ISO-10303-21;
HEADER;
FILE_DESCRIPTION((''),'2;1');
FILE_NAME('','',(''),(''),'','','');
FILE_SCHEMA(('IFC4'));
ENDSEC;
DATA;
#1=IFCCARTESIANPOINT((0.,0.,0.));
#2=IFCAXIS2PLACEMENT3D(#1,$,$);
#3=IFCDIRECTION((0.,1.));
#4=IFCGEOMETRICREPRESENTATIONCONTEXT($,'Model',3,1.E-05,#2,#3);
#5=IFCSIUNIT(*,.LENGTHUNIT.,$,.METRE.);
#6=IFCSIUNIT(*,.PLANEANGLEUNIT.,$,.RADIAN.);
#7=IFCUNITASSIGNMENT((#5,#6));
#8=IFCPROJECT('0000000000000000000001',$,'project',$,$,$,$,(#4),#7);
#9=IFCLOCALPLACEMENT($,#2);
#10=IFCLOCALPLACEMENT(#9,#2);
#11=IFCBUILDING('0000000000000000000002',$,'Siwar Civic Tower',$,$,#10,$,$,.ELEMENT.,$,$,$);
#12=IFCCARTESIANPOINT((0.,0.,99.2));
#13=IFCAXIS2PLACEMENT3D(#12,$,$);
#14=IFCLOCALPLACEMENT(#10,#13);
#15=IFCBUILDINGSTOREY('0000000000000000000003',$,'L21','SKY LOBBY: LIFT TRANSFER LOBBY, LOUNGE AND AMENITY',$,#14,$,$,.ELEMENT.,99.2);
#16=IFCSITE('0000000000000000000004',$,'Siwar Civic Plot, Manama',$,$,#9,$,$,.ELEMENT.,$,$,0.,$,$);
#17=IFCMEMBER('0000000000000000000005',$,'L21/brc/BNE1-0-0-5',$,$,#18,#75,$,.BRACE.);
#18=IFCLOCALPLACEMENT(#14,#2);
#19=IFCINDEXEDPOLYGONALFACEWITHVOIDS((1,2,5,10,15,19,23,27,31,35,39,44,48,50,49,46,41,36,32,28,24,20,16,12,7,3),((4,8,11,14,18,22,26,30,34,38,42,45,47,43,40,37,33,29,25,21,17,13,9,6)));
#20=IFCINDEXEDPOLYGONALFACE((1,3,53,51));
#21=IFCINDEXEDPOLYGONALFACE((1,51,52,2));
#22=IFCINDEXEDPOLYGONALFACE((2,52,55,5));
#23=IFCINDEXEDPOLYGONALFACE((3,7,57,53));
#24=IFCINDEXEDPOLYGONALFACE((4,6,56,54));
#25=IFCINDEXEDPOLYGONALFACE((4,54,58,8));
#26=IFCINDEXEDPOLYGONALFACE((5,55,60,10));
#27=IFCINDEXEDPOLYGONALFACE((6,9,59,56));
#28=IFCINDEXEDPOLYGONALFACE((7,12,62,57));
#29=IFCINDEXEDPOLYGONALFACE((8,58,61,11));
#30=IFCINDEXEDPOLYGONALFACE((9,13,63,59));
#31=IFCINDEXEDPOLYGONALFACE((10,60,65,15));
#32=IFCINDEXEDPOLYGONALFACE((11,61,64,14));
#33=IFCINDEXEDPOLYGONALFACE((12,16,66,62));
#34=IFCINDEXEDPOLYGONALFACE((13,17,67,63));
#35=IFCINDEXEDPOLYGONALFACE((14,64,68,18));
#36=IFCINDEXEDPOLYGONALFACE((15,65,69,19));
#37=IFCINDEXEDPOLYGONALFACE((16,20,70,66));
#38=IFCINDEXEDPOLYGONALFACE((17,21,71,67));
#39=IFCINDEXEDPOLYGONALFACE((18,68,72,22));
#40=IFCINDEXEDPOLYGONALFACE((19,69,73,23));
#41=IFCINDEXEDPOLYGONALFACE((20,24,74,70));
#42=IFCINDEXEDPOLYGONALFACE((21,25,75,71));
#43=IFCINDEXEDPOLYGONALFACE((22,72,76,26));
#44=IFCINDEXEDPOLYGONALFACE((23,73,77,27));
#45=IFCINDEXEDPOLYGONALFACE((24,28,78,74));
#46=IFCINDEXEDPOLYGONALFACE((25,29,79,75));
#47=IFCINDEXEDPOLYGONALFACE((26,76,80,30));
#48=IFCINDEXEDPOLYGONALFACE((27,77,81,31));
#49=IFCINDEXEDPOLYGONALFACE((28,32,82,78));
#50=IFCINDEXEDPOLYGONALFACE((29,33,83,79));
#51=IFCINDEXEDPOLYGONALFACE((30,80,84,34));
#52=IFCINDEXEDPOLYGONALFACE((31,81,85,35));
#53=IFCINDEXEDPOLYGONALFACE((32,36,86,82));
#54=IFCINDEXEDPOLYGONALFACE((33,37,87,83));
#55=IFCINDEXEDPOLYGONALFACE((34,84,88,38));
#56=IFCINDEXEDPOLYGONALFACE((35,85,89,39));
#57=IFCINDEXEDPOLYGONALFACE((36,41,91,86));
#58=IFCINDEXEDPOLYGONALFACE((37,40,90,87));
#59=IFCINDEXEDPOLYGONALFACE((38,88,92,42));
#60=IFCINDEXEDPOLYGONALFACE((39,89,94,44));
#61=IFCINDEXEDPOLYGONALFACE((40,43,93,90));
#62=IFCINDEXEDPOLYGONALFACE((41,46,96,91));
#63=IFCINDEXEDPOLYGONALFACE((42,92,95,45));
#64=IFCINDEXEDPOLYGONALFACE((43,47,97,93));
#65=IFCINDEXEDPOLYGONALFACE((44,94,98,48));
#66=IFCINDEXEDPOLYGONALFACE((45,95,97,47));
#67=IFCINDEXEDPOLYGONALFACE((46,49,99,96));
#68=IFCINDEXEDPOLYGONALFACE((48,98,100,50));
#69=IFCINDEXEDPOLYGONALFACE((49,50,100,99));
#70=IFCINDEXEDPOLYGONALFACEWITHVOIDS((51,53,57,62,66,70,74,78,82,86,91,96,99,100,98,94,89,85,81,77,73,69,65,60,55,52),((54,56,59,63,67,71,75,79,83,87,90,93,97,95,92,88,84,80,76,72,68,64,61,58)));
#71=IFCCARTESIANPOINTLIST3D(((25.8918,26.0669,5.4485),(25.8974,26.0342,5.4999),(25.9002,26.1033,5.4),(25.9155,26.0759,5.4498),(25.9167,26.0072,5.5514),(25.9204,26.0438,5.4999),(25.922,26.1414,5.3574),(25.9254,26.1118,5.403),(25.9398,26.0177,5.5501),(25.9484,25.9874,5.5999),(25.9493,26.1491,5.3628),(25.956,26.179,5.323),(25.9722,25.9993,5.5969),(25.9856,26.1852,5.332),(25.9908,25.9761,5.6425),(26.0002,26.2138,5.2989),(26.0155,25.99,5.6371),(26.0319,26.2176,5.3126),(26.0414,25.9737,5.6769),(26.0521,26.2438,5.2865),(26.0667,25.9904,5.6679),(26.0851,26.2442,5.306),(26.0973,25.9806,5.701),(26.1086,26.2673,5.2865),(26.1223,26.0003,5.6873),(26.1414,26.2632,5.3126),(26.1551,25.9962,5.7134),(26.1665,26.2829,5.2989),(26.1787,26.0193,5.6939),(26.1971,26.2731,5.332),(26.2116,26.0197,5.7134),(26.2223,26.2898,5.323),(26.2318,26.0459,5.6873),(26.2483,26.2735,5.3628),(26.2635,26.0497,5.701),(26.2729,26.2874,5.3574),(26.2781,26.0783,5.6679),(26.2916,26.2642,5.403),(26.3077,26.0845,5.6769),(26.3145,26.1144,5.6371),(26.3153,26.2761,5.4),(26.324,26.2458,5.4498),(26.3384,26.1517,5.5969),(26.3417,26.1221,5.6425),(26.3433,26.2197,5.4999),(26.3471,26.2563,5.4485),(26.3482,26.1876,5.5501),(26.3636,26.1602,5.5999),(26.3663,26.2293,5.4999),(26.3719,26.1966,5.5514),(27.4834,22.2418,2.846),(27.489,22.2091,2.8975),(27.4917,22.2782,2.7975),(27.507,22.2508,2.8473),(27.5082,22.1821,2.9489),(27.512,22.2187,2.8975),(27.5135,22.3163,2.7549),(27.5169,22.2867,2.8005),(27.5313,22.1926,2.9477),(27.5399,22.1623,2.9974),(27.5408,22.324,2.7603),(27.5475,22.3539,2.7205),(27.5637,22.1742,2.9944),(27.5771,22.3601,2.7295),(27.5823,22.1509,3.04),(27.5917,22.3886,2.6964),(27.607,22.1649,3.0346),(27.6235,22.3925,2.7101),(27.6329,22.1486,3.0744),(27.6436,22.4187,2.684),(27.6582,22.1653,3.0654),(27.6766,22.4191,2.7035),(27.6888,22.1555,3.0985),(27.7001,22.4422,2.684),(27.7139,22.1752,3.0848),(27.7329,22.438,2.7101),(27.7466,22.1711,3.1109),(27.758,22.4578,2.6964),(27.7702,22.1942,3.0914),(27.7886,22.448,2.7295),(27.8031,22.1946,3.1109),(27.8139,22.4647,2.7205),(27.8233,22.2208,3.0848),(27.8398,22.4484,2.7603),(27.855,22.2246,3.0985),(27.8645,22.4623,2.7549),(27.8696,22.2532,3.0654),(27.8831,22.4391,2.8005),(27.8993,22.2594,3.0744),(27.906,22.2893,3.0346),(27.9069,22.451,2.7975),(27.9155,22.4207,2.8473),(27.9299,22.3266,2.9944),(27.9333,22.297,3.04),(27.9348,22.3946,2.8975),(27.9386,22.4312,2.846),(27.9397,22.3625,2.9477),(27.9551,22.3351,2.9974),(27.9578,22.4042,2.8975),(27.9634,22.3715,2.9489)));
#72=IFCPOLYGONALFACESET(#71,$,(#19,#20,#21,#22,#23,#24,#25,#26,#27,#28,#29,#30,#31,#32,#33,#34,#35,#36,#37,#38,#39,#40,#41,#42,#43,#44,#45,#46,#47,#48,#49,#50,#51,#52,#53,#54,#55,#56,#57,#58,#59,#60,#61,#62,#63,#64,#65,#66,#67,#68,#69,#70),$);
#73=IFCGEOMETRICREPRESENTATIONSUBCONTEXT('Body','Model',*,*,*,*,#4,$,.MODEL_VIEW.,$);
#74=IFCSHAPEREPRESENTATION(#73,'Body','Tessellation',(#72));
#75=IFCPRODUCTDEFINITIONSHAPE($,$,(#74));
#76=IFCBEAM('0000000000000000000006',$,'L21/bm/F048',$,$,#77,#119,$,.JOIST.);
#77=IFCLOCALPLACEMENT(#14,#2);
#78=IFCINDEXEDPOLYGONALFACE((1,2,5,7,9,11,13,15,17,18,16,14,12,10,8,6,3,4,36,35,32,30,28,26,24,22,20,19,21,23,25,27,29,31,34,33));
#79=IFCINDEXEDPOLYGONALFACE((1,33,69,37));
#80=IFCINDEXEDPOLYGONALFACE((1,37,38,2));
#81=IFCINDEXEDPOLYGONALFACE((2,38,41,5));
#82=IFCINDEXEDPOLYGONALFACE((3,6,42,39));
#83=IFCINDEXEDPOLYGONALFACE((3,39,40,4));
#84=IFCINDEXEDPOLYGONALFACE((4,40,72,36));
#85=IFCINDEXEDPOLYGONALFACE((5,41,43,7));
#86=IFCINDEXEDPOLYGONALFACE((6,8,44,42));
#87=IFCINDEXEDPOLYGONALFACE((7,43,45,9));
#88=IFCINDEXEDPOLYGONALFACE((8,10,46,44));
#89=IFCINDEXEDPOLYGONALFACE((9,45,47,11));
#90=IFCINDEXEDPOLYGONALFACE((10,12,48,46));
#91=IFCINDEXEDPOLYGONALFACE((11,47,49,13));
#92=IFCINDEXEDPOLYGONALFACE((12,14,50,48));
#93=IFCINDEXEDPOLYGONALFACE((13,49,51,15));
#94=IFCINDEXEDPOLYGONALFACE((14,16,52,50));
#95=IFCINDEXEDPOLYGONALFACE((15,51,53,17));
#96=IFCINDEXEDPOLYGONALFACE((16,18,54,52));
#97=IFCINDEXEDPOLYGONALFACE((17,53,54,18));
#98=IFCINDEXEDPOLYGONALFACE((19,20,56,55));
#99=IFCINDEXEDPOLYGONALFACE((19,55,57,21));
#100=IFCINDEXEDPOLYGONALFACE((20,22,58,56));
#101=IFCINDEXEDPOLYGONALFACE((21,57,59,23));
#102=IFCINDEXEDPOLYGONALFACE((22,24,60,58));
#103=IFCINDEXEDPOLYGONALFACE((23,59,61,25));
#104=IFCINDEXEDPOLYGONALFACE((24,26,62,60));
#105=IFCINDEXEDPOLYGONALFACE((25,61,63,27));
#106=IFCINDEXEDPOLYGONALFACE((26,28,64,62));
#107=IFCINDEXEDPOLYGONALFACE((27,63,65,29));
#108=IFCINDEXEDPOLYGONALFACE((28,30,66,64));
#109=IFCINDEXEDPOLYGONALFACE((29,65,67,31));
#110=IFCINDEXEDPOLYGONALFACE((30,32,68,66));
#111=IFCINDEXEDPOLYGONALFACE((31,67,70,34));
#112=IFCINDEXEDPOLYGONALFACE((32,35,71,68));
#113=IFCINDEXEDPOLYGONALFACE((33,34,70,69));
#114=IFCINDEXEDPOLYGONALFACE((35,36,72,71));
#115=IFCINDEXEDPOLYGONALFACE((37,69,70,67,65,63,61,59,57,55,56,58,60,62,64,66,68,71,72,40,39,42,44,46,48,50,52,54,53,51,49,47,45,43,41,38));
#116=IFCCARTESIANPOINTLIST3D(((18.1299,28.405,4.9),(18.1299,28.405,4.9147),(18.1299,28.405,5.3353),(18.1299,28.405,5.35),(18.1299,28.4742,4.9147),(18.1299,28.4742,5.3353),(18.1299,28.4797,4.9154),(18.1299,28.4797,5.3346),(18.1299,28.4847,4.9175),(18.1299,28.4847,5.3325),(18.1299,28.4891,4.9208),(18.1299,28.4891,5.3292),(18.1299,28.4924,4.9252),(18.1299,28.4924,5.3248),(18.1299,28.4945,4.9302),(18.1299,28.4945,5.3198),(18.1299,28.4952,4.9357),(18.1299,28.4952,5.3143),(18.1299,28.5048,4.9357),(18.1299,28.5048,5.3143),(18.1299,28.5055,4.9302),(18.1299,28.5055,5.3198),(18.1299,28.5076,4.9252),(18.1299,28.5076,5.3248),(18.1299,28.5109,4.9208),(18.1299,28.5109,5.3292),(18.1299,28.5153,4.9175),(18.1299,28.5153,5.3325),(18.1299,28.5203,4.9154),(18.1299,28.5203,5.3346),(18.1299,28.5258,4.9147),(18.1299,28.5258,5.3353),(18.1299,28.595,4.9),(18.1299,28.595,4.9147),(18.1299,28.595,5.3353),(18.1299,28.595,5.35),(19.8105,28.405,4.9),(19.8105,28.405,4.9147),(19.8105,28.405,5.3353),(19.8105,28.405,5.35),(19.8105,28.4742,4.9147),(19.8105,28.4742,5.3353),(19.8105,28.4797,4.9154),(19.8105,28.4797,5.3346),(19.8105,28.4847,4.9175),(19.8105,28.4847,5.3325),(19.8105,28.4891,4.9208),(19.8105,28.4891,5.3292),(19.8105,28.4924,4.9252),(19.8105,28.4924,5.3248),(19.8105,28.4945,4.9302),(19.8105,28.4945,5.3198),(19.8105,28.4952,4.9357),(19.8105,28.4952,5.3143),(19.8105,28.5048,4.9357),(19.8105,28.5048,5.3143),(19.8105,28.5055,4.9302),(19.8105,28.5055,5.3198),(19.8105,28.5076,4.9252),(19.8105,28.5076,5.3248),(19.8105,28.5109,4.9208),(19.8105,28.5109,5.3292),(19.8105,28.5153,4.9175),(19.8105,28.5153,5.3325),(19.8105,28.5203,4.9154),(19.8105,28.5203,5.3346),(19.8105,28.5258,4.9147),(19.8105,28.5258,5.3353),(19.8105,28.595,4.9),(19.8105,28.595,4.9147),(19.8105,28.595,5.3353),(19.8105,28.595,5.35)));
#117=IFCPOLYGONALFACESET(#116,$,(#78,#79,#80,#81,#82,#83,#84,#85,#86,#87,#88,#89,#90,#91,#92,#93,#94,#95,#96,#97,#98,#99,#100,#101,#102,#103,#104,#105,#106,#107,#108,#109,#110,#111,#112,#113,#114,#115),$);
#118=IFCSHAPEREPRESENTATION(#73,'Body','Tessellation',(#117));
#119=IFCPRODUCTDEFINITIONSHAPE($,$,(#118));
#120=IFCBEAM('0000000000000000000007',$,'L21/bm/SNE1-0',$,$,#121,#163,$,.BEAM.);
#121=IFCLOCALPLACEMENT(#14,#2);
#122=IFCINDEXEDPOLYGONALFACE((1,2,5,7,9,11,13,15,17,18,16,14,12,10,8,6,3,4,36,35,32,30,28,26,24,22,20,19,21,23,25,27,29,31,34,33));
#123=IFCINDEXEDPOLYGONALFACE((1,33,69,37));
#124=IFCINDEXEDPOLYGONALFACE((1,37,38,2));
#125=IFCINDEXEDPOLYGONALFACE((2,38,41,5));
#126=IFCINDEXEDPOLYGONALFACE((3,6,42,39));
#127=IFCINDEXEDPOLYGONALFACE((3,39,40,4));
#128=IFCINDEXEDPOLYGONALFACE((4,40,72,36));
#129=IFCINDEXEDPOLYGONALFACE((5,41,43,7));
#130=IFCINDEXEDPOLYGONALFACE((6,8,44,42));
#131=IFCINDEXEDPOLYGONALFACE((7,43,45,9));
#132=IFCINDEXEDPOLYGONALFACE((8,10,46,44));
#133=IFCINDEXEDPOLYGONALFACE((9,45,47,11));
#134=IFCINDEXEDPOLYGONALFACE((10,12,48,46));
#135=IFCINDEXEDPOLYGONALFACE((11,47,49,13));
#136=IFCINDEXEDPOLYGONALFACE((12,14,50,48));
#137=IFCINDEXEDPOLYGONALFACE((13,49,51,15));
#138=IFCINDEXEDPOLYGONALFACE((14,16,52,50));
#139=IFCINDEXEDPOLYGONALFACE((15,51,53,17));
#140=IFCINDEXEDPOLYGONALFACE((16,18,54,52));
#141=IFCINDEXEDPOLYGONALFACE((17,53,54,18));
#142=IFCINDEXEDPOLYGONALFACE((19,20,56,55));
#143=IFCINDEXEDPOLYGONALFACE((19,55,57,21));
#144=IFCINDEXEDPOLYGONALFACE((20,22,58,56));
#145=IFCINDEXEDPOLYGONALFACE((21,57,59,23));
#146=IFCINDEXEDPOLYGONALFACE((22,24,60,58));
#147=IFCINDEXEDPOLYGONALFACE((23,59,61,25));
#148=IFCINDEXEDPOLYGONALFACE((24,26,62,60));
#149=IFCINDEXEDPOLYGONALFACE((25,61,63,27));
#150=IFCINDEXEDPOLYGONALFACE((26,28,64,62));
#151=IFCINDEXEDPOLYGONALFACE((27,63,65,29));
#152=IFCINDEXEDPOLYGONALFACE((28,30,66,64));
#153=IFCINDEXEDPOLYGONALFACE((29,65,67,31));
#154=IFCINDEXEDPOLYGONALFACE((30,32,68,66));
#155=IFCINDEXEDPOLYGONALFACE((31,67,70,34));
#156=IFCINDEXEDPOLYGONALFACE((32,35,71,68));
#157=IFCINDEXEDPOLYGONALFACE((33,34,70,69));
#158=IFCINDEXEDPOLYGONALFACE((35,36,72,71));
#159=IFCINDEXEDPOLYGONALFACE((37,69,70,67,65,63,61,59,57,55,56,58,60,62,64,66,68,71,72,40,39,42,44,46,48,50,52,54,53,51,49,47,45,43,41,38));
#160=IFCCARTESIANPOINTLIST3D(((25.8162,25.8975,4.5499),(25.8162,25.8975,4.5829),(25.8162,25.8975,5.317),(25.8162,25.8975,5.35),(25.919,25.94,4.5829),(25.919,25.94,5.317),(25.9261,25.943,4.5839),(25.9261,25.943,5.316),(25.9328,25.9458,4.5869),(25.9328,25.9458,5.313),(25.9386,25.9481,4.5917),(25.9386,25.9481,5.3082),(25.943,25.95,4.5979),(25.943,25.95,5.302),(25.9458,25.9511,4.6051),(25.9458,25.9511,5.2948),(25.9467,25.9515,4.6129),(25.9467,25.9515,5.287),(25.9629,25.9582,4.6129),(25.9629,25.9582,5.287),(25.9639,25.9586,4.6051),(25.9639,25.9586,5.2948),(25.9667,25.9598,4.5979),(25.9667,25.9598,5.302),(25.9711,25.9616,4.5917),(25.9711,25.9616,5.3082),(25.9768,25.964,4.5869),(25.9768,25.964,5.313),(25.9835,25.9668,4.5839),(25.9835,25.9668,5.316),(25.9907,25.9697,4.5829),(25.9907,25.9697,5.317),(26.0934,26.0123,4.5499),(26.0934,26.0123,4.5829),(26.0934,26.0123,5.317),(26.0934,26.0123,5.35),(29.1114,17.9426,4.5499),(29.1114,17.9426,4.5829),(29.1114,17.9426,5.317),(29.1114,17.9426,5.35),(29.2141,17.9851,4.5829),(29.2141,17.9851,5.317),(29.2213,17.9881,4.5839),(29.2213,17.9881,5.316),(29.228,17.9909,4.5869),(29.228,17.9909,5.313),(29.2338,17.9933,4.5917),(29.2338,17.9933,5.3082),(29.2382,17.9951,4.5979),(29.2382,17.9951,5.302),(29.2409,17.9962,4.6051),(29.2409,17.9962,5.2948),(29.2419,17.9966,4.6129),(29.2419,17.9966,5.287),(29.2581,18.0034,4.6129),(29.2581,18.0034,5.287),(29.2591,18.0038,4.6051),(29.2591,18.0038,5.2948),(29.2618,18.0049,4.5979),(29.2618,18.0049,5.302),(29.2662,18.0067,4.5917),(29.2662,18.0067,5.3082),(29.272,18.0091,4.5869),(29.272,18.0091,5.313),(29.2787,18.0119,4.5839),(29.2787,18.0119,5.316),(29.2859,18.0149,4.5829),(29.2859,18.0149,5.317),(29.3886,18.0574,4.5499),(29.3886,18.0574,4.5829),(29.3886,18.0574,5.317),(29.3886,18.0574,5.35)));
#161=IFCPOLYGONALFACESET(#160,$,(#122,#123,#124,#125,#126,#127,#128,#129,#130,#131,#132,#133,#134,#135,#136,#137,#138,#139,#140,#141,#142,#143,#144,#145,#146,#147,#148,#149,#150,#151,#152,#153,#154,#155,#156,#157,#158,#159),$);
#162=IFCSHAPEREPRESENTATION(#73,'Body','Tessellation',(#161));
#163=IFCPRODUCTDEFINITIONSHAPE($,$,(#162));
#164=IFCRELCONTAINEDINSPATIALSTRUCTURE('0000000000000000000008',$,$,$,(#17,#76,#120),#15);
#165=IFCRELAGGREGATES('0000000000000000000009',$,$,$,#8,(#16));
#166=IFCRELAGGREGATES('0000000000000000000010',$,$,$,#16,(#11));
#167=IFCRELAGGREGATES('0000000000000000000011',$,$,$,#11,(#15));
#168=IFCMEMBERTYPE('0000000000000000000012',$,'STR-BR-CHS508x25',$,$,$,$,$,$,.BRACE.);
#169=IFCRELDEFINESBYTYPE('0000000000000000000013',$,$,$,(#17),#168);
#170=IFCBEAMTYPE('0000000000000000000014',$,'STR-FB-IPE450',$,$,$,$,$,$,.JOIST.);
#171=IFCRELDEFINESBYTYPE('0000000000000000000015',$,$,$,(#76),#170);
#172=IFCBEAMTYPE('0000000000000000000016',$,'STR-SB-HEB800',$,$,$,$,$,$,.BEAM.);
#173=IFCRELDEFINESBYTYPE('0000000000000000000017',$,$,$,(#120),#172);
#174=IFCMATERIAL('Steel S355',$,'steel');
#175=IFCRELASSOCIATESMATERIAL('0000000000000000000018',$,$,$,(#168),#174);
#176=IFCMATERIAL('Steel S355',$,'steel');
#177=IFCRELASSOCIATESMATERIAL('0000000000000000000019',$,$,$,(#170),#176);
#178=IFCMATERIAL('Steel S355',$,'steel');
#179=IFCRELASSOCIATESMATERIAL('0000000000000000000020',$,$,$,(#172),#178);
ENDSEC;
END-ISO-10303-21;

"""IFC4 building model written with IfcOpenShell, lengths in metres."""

from ifc_helpers import new_model, si_unit, direction, frame, origin, origin_2d, place, context, subcontext, project, spatial, hollow_circle, i_section, extrude, material, material_profile, profile_set, type_object, element, save


model = new_model("IFC4")

# Units and contexts
model_context = context("Model", 3, precision=1e-05, world=origin(), true_north=direction((0.0, 1.0)))
body_context = subcontext(model_context, "Body", "Model", "MODEL_VIEW")
ifc_project = project(units=[si_unit("LENGTHUNIT", "METRE"), si_unit("PLANEANGLEUNIT", "RADIAN")], contexts=[model_context])

# Site, building, storey
site_placement = place(None, origin())
site = spatial("IfcSite", under=ifc_project, at=site_placement, Name="Siwar Civic Plot, Manama", CompositionType="ELEMENT", RefElevation=0.0)
building_placement = place(site_placement, origin())
building = spatial("IfcBuilding", under=site, at=building_placement, Name="Siwar Civic Tower", CompositionType="ELEMENT")
storey_placement = place(building_placement, frame((0.0, 0.0, 99.2)))
storey = spatial("IfcBuildingStorey", under=building, at=storey_placement, Name="L21", Description="SKY LOBBY: LIFT TRANSFER LOBBY, LOUNGE AND AMENITY", CompositionType="ELEMENT", Elevation=99.2)

# Member
ifc_material_1 = material(Name="Steel S355", Category="steel")
ifc_material_profile_1 = material_profile(ifc_material_1, hollow_circle(Radius=0.2539, WallThickness=0.0249, at=origin_2d()), Name="CHS508x25")
ifc_profile_set_1 = profile_set([ifc_material_profile_1], Name="Steel S355")
member_type_1 = type_object("IfcMemberType", Name="STR-BR-CHS508x25", PredefinedType="BRACE", material=ifc_profile_set_1)
for number, where, z_axis, x_axis, name in (
    (1, (27.7234, 22.3066, 2.8975), (-0.325292, 0.781819, 0.531924), (-0.923272, -0.384147, 0.0), "L21/brc/BNE1-0-0-5"),
):
    element("IfcMember", number, at=place(storey_placement, frame(where, z_axis=z_axis, x_axis=x_axis)), inside=storey, type_object=member_type_1, Name=name, PredefinedType="BRACE", context=body_context, shape_type="SweptSolid", body=[
        extrude(hollow_circle(Radius=0.2539, WallThickness=0.0249, at=origin_2d()), origin(), (0.0, 0.0, 1.0), 4.8926),
    ])

# Beams
ifc_material_2 = material(Name="Steel S355", Category="steel")
ifc_material_profile_2 = material_profile(ifc_material_2, i_section(OverallWidth=0.1899, OverallDepth=0.45, WebThickness=0.0095, FlangeThickness=0.0146, FilletRadius=0.021, at=origin_2d()), Name="IPE450")
ifc_profile_set_2 = profile_set([ifc_material_profile_2], Name="Steel S355")
beam_type_1 = type_object("IfcBeamType", Name="STR-FB-IPE450", PredefinedType="JOIST", material=ifc_profile_set_2)
beam_placement = place(storey_placement, frame((18.1299, 28.5, 5.125), z_axis=(1.0, 0.0, 0.0), x_axis=(0.0, 1.0, 0.0)))
element("IfcBeam", 2, at=beam_placement, inside=storey, type_object=beam_type_1, Name="L21/bm/F048", PredefinedType="JOIST", context=body_context, shape_type="SweptSolid", body=[
    extrude(i_section(OverallWidth=0.1899, OverallDepth=0.45, WebThickness=0.0095, FlangeThickness=0.0146, FilletRadius=0.021, at=origin_2d()), origin(), (0.0, 0.0, 1.0), 1.6807),
])
ifc_material_3 = material(Name="Steel S355", Category="steel")
ifc_material_profile_3 = material_profile(ifc_material_3, i_section(OverallWidth=0.3, OverallDepth=0.8, WebThickness=0.0176, FlangeThickness=0.033, FilletRadius=0.03, at=origin_2d()), Name="HEB800")
ifc_profile_set_3 = profile_set([ifc_material_profile_3], Name="Steel S355")
beam_type_2 = type_object("IfcBeamType", Name="STR-SB-HEB800", PredefinedType="BEAM", material=ifc_profile_set_3)
for number, where, z_axis, x_axis, name in (
    (3, (29.25, 18.0, 4.95), (-0.3827, 0.923873, 0.0), (-0.923873, -0.3827, 0.0), "L21/bm/SNE1-0"),
):
    element("IfcBeam", number, at=place(storey_placement, frame(where, z_axis=z_axis, x_axis=x_axis)), inside=storey, type_object=beam_type_2, Name=name, PredefinedType="BEAM", context=body_context, shape_type="SweptSolid", body=[
        extrude(i_section(OverallWidth=0.3, OverallDepth=0.8, WebThickness=0.0176, FlangeThickness=0.033, FilletRadius=0.03, at=origin_2d()), origin(), (0.0, 0.0, 1.0), 8.6104),
    ])

save(model, "model.ifc")
